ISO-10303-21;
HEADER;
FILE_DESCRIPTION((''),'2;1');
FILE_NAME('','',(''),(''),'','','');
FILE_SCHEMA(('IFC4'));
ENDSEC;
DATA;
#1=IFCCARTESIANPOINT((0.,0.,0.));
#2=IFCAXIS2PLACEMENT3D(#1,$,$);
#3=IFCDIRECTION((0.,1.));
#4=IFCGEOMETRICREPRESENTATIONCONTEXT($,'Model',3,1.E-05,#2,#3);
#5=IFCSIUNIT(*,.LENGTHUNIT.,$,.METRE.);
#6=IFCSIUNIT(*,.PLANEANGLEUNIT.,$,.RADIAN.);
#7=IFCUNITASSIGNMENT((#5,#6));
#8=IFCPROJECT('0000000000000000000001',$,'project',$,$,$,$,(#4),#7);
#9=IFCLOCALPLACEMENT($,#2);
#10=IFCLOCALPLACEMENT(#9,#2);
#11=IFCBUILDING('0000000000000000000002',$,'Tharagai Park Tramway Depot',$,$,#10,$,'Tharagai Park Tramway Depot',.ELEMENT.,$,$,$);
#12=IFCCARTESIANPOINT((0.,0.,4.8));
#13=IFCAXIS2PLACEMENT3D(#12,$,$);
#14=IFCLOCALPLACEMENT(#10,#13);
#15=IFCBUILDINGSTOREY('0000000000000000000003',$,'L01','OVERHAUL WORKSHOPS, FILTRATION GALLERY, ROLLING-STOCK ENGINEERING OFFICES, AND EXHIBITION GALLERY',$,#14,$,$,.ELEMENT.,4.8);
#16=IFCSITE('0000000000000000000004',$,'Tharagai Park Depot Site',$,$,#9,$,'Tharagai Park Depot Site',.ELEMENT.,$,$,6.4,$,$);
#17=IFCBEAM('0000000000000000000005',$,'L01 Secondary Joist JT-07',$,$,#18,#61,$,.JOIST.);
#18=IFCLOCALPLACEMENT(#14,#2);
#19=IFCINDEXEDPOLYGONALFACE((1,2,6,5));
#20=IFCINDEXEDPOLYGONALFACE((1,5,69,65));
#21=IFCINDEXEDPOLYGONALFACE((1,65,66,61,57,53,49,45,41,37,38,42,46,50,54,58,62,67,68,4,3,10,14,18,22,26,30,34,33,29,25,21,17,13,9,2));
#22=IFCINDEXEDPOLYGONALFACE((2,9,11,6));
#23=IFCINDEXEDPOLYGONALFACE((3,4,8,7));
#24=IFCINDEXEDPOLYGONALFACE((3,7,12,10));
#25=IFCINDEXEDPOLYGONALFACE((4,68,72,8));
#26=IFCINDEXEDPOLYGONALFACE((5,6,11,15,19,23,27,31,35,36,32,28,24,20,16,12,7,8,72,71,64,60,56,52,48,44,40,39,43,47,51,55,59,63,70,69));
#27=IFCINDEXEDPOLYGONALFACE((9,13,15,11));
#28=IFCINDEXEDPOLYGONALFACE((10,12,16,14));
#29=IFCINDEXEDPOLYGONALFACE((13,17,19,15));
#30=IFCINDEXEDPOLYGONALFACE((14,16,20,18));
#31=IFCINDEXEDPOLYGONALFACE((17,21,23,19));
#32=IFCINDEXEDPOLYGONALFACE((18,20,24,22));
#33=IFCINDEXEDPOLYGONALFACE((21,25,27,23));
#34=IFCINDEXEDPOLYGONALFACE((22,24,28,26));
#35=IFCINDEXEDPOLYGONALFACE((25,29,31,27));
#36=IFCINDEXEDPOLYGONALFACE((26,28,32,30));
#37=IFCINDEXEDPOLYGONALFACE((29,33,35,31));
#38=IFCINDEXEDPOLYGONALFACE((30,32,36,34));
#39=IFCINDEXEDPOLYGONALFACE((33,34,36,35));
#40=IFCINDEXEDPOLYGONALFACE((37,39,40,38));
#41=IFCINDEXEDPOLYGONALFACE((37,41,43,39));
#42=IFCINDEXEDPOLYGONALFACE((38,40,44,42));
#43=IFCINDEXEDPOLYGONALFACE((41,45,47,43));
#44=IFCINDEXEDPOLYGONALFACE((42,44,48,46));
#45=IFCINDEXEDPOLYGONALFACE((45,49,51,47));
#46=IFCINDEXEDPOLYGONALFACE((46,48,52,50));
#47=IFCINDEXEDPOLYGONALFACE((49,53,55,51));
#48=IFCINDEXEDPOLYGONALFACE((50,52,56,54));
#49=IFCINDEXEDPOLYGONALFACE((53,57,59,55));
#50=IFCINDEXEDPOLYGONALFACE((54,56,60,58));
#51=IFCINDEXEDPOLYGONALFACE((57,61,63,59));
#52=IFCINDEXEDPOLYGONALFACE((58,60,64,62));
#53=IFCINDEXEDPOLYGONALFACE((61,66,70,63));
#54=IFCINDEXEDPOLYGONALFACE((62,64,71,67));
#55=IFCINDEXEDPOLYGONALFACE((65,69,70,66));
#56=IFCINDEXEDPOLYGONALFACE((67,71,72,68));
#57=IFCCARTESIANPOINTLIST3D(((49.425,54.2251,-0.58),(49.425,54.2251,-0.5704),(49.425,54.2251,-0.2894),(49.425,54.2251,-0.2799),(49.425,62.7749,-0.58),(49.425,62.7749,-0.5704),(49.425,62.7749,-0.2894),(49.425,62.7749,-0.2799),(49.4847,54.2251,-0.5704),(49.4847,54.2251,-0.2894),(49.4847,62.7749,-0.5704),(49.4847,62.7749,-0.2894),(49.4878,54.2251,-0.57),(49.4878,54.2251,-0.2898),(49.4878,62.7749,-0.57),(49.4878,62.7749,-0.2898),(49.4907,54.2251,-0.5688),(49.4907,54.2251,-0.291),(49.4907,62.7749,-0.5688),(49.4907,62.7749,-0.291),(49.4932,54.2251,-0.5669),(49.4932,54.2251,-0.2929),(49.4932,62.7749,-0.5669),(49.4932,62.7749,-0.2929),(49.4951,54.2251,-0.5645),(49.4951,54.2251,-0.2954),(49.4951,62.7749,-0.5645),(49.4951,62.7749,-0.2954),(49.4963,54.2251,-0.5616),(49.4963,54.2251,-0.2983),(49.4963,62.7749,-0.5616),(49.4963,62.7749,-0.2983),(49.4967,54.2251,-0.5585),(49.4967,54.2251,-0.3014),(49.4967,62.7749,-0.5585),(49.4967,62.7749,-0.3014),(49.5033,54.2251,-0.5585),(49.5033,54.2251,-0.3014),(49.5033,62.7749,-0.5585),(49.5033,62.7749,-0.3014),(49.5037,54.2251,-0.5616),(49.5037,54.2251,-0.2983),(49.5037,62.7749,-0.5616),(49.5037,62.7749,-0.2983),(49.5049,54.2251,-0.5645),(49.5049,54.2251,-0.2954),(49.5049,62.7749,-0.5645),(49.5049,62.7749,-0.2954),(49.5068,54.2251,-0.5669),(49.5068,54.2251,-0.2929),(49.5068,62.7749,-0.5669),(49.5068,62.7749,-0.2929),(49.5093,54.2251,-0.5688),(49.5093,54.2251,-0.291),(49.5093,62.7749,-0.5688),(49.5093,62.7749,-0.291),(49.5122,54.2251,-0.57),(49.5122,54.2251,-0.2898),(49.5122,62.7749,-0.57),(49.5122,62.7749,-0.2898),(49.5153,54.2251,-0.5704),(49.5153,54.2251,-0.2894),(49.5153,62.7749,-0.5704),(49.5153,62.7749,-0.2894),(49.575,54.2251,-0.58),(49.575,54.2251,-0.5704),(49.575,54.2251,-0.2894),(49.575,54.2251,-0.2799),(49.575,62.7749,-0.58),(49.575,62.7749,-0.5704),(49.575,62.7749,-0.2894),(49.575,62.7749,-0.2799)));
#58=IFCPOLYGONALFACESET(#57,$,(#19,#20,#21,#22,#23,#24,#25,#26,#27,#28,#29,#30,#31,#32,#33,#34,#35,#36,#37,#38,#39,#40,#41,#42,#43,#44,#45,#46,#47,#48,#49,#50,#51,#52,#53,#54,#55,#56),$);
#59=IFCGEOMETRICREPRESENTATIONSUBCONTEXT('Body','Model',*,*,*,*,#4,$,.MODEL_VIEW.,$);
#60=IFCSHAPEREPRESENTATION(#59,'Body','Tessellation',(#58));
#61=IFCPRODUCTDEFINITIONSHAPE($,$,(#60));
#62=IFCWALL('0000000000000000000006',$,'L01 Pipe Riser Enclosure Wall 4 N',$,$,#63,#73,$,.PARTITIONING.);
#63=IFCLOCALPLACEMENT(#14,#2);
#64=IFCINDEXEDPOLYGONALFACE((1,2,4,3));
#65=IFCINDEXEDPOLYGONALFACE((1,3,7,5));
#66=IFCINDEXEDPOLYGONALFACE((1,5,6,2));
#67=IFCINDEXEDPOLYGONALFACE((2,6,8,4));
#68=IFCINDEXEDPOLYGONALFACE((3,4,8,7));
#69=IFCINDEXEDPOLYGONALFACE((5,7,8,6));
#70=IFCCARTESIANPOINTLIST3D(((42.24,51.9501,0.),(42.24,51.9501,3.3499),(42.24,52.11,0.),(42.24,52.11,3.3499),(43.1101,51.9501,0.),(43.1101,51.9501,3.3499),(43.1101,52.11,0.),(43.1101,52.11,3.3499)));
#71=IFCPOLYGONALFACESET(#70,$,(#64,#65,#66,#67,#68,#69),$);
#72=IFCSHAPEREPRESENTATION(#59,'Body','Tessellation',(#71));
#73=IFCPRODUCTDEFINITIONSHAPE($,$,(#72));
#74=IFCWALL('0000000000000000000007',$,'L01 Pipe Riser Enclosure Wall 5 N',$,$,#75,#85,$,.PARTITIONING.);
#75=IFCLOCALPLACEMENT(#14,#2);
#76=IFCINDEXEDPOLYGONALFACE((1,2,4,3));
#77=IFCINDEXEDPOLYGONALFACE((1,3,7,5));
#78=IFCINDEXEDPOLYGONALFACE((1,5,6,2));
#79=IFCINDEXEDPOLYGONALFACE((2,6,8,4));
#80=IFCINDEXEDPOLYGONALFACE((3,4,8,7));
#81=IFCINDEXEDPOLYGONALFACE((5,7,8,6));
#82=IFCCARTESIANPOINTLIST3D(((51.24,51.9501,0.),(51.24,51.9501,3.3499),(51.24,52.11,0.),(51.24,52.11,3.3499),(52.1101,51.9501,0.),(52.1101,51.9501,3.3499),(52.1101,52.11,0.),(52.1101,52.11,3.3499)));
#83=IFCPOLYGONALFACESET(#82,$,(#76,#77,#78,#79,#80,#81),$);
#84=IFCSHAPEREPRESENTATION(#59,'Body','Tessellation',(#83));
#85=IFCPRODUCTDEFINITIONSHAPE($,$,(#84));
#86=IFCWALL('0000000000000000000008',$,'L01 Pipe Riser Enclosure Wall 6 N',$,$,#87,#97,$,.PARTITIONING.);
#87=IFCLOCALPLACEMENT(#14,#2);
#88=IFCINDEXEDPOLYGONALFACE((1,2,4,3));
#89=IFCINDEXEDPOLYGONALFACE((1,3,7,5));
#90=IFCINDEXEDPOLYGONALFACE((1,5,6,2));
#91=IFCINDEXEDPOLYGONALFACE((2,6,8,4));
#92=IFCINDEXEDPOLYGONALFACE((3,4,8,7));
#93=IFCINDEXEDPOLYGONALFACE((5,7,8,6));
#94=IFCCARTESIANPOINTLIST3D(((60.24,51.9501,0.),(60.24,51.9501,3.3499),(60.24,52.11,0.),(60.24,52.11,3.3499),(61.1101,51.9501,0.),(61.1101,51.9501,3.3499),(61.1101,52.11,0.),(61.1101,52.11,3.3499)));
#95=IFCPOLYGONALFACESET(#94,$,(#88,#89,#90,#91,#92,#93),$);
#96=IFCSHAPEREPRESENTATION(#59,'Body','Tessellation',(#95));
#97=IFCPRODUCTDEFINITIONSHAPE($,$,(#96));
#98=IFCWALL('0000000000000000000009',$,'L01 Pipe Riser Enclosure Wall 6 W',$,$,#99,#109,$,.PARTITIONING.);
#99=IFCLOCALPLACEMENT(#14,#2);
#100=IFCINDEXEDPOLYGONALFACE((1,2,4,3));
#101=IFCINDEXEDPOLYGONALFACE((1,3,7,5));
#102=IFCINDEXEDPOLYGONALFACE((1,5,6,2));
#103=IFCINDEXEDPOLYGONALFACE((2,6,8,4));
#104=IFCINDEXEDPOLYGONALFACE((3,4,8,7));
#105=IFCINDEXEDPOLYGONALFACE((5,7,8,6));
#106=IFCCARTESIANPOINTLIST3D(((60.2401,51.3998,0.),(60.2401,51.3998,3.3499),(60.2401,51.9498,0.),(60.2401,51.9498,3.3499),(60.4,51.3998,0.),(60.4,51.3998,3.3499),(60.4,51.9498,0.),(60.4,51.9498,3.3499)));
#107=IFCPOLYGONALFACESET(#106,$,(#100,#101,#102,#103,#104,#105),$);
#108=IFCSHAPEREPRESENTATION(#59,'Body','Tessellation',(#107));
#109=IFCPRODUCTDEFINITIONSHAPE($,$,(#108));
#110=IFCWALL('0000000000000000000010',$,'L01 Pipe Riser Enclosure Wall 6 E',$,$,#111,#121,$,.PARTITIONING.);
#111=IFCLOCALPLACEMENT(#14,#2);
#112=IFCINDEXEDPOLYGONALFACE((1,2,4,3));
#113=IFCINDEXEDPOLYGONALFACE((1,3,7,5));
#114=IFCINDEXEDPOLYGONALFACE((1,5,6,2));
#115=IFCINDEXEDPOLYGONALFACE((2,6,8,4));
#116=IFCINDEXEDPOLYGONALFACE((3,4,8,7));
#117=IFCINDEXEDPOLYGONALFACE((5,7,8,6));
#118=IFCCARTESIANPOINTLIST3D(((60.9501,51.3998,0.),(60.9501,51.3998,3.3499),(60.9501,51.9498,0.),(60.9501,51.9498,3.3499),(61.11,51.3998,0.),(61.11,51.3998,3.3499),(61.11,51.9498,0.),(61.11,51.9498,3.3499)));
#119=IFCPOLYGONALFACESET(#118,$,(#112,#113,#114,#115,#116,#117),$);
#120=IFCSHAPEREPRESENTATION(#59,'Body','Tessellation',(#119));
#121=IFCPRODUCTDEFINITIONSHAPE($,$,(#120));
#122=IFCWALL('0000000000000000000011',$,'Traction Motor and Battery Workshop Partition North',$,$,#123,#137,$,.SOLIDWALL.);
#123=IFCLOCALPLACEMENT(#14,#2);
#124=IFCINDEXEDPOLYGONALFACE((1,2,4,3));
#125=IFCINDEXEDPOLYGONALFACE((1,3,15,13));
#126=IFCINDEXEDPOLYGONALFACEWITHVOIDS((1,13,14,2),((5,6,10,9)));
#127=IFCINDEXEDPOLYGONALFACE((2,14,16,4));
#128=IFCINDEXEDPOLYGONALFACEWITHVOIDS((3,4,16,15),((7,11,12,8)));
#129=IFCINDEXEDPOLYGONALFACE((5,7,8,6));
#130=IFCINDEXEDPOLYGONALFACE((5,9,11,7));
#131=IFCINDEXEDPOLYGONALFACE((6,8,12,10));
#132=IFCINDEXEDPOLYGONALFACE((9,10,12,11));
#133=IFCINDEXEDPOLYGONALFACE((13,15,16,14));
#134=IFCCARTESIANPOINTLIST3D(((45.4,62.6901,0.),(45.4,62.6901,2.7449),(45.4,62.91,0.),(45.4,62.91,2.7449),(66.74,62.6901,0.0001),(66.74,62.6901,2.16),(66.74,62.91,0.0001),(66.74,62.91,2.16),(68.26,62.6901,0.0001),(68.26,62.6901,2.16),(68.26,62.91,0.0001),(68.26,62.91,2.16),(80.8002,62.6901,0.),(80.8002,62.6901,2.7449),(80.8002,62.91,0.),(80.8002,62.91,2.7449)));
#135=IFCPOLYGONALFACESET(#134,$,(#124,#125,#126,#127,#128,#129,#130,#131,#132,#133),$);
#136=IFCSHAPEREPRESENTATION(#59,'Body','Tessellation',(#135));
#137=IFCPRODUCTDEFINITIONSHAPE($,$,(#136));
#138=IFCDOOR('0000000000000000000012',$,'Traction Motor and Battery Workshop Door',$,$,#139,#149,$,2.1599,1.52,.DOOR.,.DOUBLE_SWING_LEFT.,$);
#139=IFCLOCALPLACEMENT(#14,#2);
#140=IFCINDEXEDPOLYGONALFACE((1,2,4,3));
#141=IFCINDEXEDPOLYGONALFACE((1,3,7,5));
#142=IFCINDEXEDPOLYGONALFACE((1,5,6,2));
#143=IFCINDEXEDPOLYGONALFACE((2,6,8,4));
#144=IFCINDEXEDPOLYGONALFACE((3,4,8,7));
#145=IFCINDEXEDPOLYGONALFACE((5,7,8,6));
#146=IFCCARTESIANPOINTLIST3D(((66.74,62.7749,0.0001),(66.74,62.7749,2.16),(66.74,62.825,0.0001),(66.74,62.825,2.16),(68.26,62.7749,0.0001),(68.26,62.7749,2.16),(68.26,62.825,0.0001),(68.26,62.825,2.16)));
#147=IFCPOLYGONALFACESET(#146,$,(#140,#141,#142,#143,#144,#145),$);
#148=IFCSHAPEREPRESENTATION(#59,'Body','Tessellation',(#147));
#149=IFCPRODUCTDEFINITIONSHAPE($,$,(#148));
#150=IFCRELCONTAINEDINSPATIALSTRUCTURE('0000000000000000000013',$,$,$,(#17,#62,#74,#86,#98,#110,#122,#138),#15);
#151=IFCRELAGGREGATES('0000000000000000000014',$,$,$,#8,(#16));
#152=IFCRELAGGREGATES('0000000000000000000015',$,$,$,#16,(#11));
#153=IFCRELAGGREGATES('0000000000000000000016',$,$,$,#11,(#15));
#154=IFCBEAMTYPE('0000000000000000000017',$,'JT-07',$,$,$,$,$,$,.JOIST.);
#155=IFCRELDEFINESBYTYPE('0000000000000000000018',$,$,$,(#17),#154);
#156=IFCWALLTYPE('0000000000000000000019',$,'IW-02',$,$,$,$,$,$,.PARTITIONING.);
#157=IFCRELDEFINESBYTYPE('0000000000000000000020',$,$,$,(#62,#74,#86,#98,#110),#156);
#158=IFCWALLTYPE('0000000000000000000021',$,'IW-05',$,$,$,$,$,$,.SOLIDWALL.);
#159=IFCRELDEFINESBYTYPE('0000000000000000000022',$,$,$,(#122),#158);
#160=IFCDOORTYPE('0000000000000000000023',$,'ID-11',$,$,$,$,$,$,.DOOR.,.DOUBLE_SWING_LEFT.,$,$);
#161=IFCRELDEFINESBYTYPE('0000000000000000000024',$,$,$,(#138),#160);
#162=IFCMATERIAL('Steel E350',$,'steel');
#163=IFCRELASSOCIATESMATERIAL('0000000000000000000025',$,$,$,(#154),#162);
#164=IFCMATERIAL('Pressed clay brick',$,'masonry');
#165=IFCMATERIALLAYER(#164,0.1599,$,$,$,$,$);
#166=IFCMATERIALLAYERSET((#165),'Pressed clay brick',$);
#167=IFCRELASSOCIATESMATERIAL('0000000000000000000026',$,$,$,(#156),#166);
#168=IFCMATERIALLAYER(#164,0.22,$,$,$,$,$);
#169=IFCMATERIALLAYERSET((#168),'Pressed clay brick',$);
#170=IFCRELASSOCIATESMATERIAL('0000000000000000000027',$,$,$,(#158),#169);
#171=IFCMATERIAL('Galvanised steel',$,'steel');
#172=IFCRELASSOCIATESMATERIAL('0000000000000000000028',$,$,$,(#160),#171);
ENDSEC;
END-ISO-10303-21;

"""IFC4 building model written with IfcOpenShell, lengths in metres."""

from ifc_helpers import new_model, si_unit, direction, frame, frame_2d, origin, origin_2d, place, context, subcontext, project, spatial, rectangle, i_section, extrude, material, layer, layer_set, material_profile, profile_set, type_object, element, fill, save


model = new_model("IFC4")

# Units and contexts
model_context = context("Model", 3, precision=1e-05, world=origin(), true_north=direction((0.0, 1.0)))
body_context = subcontext(model_context, "Body", "Model", "MODEL_VIEW")
ifc_project = project(units=[si_unit("LENGTHUNIT", "METRE"), si_unit("PLANEANGLEUNIT", "RADIAN")], contexts=[model_context])

# Site, building, storey
site_placement = place(None, origin())
site = spatial("IfcSite", under=ifc_project, at=site_placement, Name="Tharagai Park Depot Site", LongName="Tharagai Park Depot Site", CompositionType="ELEMENT", RefElevation=6.4)
building_placement = place(site_placement, origin())
building = spatial("IfcBuilding", under=site, at=building_placement, Name="Tharagai Park Tramway Depot", LongName="Tharagai Park Tramway Depot", CompositionType="ELEMENT")
storey_placement = place(building_placement, frame((0.0, 0.0, 4.8)))
storey = spatial("IfcBuildingStorey", under=building, at=storey_placement, Name="L01", Description="OVERHAUL WORKSHOPS, FILTRATION GALLERY, ROLLING-STOCK ENGINEERING OFFICES, AND EXHIBITION GALLERY", CompositionType="ELEMENT", Elevation=4.8)

# Shared definitions
ifc_material_1 = material(Name="Steel E350", Category="steel")

# Beam
ifc_material_profile_1 = material_profile(ifc_material_1, i_section(OverallWidth=0.1499, OverallDepth=0.3, WebThickness=0.0066, FlangeThickness=0.0095, FilletRadius=0.012, at=origin_2d()), Name="ISLB 300")
ifc_profile_set_1 = profile_set([ifc_material_profile_1], Name="Steel E350")
beam_type_1 = type_object("IfcBeamType", Name="JT-07", PredefinedType="JOIST", material=ifc_profile_set_1)
beam_1_placement = place(storey_placement, frame((49.5, 54.2251, -0.4299), z_axis=(0.0, 1.0, 0.0), x_axis=(-1.0, 0.0, 0.0)))
element("IfcBeam", 1, at=beam_1_placement, inside=storey, type_object=beam_type_1, Name="L01 Secondary Joist JT-07", PredefinedType="JOIST", context=body_context, shape_type="SweptSolid", body=[
    extrude(i_section(OverallWidth=0.1499, OverallDepth=0.3, WebThickness=0.0066, FlangeThickness=0.0095, FilletRadius=0.012, at=origin_2d()), origin(), (0.0, 0.0, 1.0), 8.5498),
])

# Walls
ifc_material_2 = material(Name="Pressed clay brick", Category="masonry")
ifc_layer_1 = layer(ifc_material_2, 0.1599)
ifc_layer_set_1 = layer_set([ifc_layer_1], Name="Pressed clay brick")
wall_type_1 = type_object("IfcWallType", Name="IW-02", PredefinedType="PARTITIONING", material=ifc_layer_set_1)
for number, where, z_axis, x_axis, name in (
    (2, (42.24, 52.03, 0.0), (0.0, 0.0, 1.0), (1.0, 0.0, 0.0), "L01 Pipe Riser Enclosure Wall 4 N"),
    (3, (51.24, 52.03, 0.0), (0.0, 0.0, 1.0), (1.0, 0.0, 0.0), "L01 Pipe Riser Enclosure Wall 5 N"),
    (4, (60.24, 52.03, 0.0), (0.0, 0.0, 1.0), (1.0, 0.0, 0.0), "L01 Pipe Riser Enclosure Wall 6 N"),
):
    element("IfcWall", number, at=place(storey_placement, frame(where, z_axis=z_axis, x_axis=x_axis)), inside=storey, type_object=wall_type_1, Name=name, PredefinedType="PARTITIONING", context=body_context, shape_type="SweptSolid", body=[
        extrude(rectangle(XDim=0.8701, YDim=0.1599, at=frame_2d((0.4351, 0.0))), origin(), (0.0, 0.0, 1.0), 3.3499),
    ])
for number, where, z_axis, x_axis, name in (
    (5, (60.3201, 51.3999, 0.0), (0.0, 0.0, 1.0), (0.0, 1.0, 0.0), "L01 Pipe Riser Enclosure Wall 6 W"),
    (6, (61.03, 51.3999, 0.0), (0.0, 0.0, 1.0), (0.0, 1.0, 0.0), "L01 Pipe Riser Enclosure Wall 6 E"),
):
    element("IfcWall", number, at=place(storey_placement, frame(where, z_axis=z_axis, x_axis=x_axis)), inside=storey, type_object=wall_type_1, Name=name, PredefinedType="PARTITIONING", context=body_context, shape_type="SweptSolid", body=[
        extrude(rectangle(XDim=0.55, YDim=0.1599, at=frame_2d((0.2749, 0.0))), origin(), (0.0, 0.0, 1.0), 3.3499),
    ])

# Wall, opening, door
ifc_layer_2 = layer(ifc_material_2, 0.22)
ifc_layer_set_2 = layer_set([ifc_layer_2], Name="Pressed clay brick")
wall_type_2 = type_object("IfcWallType", Name="IW-05", PredefinedType="SOLIDWALL", material=ifc_layer_set_2)
wall_placement = place(storey_placement, frame((45.3999, 62.8, 0.0), z_axis=(0.0, 0.0, 1.0), x_axis=(1.0, 0.0, 0.0)))
wall = element("IfcWall", 7, at=wall_placement, inside=storey, type_object=wall_type_2, Name="Traction Motor and Battery Workshop Partition North", PredefinedType="SOLIDWALL", context=body_context, shape_type="SweptSolid", body=[
    extrude(rectangle(XDim=35.4001, YDim=0.22, at=frame_2d((17.7002, 0.0))), origin(), (0.0, 0.0, 1.0), 2.7449),
])
opening_placement = place(wall_placement, frame((21.3401, 0.0, 0.0)))
opening = element("IfcOpeningElement", 8, at=opening_placement, cuts=wall, PredefinedType="OPENING", context=body_context, shape_type="SweptSolid", body=[
    extrude(rectangle(XDim=1.52, YDim=2.1599, at=frame_2d((0.76, 1.0801))), frame((0.0, 0.1199, 0.0), z_axis=(0.0, -1.0, 0.0), x_axis=(1.0, 0.0, 0.0)), (0.0, 0.0, 1.0), 0.24),
])
ifc_material_3 = material(Name="Galvanised steel", Category="steel")
door_type = type_object("IfcDoorType", Name="ID-11", OperationType="DOUBLE_SWING_LEFT", PredefinedType="DOOR", material=ifc_material_3)
door_placement = place(opening_placement, origin())
door = element("IfcDoor", 9, at=door_placement, inside=storey, type_object=door_type, Name="Traction Motor and Battery Workshop Door", OperationType="DOUBLE_SWING_LEFT", OverallHeight=2.1599, OverallWidth=1.52, PredefinedType="DOOR", context=body_context, shape_type="SweptSolid", body=[
    extrude(rectangle(XDim=1.52, YDim=2.1599, at=frame_2d((0.76, 1.0801))), frame((0.0, 0.0249, 0.0), z_axis=(0.0, -1.0, 0.0), x_axis=(1.0, 0.0, 0.0)), (0.0, 0.0, 1.0), 0.05),
])
fill(opening, door)

save(model, "model.ifc")
